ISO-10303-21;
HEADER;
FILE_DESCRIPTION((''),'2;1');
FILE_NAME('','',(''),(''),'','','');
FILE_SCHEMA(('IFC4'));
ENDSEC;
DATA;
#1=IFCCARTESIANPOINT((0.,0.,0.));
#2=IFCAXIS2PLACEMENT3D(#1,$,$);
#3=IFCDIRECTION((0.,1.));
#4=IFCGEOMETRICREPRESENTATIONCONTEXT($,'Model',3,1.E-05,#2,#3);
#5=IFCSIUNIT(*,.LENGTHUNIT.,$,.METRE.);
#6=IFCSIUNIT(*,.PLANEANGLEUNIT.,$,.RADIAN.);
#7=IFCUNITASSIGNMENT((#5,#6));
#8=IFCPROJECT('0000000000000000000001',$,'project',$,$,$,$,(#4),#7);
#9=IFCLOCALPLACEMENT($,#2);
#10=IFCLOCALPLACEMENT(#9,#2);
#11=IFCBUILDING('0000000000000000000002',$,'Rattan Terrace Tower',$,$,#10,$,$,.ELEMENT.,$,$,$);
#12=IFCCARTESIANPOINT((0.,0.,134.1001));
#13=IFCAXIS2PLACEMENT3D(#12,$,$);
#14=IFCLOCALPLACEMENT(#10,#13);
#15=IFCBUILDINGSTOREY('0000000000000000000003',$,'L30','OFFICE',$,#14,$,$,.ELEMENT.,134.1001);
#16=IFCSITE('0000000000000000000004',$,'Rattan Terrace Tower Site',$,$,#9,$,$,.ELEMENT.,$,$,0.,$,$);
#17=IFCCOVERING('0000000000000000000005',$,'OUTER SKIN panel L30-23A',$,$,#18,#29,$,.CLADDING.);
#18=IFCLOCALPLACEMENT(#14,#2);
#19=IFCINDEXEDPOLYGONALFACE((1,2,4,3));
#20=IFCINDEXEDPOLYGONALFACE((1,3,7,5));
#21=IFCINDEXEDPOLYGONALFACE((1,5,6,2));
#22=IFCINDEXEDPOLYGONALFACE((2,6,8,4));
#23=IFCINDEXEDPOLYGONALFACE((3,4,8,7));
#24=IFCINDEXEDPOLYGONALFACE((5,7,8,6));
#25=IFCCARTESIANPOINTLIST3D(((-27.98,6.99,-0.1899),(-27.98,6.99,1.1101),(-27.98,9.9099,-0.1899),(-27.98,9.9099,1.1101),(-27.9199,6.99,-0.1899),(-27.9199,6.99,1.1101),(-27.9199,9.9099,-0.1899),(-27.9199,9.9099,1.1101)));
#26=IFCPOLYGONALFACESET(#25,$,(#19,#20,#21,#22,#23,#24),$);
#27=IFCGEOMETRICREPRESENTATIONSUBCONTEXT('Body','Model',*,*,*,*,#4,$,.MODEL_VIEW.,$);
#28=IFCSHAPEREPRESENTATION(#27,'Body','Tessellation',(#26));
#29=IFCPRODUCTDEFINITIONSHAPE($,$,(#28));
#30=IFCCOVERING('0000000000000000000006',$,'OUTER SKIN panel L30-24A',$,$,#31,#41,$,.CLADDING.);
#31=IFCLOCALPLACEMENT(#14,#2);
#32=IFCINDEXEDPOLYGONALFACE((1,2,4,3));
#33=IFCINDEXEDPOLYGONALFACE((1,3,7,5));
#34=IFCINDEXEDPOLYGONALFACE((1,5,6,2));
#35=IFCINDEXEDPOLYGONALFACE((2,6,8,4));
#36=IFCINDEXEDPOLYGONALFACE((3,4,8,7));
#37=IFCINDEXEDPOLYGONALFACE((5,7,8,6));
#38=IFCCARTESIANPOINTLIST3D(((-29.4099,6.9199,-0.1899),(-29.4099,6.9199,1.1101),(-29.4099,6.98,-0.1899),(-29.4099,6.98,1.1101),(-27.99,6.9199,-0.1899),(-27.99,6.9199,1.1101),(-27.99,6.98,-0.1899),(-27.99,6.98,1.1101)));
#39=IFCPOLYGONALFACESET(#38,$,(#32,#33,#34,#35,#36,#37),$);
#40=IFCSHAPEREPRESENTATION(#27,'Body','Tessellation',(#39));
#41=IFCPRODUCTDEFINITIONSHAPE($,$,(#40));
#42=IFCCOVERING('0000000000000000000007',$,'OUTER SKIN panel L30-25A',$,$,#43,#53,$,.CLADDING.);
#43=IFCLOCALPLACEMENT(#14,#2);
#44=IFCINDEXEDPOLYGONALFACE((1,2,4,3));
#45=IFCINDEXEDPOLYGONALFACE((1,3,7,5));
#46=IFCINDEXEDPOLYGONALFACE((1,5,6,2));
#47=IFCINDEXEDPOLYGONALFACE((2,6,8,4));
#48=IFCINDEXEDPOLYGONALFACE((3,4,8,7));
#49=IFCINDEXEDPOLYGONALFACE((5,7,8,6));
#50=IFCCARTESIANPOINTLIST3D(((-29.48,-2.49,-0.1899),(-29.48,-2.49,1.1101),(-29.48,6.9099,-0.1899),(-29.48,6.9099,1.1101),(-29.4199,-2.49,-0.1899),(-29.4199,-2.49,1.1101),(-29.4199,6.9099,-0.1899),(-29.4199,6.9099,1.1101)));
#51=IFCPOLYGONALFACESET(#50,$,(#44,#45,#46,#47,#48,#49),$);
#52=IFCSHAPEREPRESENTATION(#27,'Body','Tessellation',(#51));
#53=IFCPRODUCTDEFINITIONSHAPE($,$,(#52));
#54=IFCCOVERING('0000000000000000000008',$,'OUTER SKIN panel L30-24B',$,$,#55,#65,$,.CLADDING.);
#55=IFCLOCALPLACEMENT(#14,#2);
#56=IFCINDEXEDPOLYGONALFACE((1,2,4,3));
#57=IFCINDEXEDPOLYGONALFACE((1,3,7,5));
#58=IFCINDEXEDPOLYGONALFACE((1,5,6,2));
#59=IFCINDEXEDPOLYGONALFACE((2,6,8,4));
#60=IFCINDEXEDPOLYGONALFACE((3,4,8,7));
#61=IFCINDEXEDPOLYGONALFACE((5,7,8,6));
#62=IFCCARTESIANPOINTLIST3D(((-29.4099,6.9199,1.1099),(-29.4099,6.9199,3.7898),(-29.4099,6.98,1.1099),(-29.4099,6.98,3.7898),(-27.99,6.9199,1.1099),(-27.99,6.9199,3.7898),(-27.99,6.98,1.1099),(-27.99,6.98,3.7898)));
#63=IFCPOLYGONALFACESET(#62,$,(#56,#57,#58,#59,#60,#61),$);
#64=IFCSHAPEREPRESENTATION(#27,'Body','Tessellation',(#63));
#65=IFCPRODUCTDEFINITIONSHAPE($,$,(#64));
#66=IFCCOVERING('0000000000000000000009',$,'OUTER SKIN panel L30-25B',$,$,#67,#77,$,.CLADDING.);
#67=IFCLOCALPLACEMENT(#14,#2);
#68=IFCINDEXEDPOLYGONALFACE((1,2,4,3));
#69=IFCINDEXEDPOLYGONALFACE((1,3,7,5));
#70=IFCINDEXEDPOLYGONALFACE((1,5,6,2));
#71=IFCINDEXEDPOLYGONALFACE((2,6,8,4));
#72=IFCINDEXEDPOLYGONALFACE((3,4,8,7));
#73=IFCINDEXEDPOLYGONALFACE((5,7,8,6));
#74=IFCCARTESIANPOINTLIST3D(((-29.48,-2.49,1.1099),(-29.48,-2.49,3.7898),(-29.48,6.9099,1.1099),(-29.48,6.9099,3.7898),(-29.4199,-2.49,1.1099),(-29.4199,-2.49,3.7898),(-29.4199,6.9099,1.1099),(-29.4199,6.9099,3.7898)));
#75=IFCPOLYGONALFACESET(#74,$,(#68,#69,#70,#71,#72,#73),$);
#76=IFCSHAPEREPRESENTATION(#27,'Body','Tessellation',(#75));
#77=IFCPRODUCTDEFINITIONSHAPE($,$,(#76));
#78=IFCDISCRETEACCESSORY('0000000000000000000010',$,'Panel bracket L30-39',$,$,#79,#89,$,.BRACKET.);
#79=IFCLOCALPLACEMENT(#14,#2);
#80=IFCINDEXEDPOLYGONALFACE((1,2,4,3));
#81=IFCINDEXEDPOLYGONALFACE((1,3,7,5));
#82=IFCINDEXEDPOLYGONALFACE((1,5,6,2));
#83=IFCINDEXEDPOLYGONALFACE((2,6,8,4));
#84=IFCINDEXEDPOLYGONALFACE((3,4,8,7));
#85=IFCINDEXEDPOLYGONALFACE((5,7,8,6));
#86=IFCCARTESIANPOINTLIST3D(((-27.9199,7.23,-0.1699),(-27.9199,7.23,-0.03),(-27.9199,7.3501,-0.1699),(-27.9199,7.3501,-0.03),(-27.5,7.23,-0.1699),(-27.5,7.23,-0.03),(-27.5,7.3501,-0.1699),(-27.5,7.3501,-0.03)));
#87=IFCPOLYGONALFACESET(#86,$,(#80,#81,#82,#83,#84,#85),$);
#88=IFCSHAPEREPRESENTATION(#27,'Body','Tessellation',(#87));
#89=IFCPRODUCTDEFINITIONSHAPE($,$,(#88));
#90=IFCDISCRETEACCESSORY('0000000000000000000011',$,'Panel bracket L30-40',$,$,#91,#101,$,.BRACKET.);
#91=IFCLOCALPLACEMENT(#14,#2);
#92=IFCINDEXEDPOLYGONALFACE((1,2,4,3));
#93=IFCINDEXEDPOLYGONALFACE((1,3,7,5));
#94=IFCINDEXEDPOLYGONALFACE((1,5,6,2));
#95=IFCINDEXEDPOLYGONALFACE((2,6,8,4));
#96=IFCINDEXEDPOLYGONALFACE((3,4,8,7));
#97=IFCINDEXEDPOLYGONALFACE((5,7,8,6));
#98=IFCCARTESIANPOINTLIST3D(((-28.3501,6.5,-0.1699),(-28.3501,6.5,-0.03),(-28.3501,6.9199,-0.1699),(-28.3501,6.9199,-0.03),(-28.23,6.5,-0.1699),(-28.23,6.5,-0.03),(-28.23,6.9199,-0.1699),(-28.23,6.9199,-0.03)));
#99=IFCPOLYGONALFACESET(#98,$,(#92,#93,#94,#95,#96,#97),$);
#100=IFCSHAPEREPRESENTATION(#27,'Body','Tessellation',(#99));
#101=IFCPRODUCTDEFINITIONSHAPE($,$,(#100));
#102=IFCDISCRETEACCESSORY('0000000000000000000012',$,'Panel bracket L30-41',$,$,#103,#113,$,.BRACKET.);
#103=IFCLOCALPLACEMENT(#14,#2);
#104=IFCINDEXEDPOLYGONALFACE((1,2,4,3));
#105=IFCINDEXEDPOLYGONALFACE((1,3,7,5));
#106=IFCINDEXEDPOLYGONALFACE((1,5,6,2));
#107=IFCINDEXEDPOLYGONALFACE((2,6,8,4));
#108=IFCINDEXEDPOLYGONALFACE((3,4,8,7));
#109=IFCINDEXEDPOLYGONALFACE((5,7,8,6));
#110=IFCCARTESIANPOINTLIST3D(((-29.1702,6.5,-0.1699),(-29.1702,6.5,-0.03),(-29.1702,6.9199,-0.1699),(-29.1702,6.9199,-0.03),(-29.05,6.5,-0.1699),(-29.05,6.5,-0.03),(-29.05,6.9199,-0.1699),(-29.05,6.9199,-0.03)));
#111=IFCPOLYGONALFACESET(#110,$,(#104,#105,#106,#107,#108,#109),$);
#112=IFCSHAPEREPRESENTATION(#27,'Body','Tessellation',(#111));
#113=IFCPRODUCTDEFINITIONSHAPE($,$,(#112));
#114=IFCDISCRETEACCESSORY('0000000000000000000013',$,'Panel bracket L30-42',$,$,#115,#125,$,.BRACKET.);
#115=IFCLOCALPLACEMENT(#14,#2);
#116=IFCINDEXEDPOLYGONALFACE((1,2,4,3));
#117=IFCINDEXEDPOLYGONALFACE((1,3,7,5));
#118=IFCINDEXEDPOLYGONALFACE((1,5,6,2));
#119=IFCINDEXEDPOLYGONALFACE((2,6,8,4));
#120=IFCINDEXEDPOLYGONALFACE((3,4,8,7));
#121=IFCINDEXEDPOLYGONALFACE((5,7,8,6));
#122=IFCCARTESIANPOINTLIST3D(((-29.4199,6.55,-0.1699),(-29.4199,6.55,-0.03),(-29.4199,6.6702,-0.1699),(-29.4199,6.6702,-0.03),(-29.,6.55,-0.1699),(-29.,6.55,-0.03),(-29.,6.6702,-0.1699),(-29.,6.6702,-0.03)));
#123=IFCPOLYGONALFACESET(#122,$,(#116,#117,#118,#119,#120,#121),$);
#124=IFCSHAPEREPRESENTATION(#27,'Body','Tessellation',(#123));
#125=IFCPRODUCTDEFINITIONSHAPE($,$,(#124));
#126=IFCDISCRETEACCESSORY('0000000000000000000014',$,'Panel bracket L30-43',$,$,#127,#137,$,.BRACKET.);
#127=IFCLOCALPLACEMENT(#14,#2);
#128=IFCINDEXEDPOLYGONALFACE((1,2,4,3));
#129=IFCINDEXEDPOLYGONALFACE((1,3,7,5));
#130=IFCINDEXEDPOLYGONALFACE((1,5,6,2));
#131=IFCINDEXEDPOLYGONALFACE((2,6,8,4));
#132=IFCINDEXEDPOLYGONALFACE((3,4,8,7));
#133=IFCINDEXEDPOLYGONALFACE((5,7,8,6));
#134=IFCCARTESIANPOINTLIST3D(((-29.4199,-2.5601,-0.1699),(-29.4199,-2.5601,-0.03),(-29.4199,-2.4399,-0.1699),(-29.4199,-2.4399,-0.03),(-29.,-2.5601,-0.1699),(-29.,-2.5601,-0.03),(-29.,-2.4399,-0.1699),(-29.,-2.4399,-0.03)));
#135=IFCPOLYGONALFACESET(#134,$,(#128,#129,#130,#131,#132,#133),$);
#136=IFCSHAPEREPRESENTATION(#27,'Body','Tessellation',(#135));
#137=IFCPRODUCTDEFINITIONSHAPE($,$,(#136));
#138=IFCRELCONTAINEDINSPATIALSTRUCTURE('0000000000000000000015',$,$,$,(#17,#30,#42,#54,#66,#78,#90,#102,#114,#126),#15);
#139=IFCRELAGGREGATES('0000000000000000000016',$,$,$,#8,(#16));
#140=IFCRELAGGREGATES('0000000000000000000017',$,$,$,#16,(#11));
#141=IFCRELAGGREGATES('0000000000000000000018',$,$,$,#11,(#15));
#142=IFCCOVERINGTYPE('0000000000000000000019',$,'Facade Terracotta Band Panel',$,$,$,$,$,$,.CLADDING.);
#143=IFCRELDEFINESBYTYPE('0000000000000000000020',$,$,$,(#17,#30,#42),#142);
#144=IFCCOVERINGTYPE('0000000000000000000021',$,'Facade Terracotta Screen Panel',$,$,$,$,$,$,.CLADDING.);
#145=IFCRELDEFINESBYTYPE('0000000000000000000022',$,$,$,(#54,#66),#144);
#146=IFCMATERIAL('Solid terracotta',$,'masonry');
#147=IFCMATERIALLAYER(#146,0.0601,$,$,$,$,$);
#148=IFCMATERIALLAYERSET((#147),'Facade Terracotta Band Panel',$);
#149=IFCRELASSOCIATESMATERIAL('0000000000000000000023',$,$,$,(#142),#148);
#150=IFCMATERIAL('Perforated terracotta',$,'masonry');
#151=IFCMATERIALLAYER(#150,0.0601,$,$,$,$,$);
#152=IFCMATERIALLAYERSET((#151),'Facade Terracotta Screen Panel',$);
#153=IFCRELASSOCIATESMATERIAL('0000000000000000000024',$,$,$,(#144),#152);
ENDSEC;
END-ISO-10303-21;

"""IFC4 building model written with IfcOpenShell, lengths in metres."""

from ifc_helpers import new_model, si_unit, direction, frame, origin, origin_2d, place, context, subcontext, project, spatial, rectangle, extrude, material, layer, layer_set, type_object, element, save


model = new_model("IFC4")

# Units and contexts
model_context = context("Model", 3, precision=1e-05, world=origin(), true_north=direction((0.0, 1.0)))
body_context = subcontext(model_context, "Body", "Model", "MODEL_VIEW")
ifc_project = project(units=[si_unit("LENGTHUNIT", "METRE"), si_unit("PLANEANGLEUNIT", "RADIAN")], contexts=[model_context])

# Site, building, storey
site_placement = place(None, origin())
site = spatial("IfcSite", under=ifc_project, at=site_placement, Name="Rattan Terrace Tower Site", CompositionType="ELEMENT", RefElevation=0.0)
building_placement = place(site_placement, origin())
building = spatial("IfcBuilding", under=site, at=building_placement, Name="Rattan Terrace Tower", CompositionType="ELEMENT")
storey_placement = place(building_placement, frame((0.0, 0.0, 134.1001)))
storey = spatial("IfcBuildingStorey", under=building, at=storey_placement, Name="L30", Description="OFFICE", CompositionType="ELEMENT", Elevation=134.1001)

# Coverings
ifc_material_1 = material(Name="Solid terracotta", Category="masonry")
ifc_layer_1 = layer(ifc_material_1, 0.0601)
ifc_layer_set_1 = layer_set([ifc_layer_1], Name="Facade Terracotta Band Panel")
covering_type_1 = type_object("IfcCoveringType", Name="Facade Terracotta Band Panel", PredefinedType="CLADDING", material=ifc_layer_set_1)
covering_1_placement = place(storey_placement, frame((-27.95, 8.45, -0.1899), z_axis=(0.0, 0.0, 1.0), x_axis=(0.0, -1.0, 0.0)))
element("IfcCovering", 1, at=covering_1_placement, inside=storey, type_object=covering_type_1, Name="OUTER SKIN panel L30-23A", PredefinedType="CLADDING", context=body_context, shape_type="SweptSolid", body=[
    extrude(rectangle(XDim=2.9199, YDim=0.0601, at=origin_2d()), origin(), (0.0, 0.0, 1.0), 1.3),
])
covering_2_placement = place(storey_placement, frame((-28.7, 6.95, -0.1899), z_axis=(0.0, 0.0, 1.0), x_axis=(-1.0, 0.0, 0.0)))
element("IfcCovering", 2, at=covering_2_placement, inside=storey, type_object=covering_type_1, Name="OUTER SKIN panel L30-24A", PredefinedType="CLADDING", context=body_context, shape_type="SweptSolid", body=[
    extrude(rectangle(XDim=1.4199, YDim=0.0601, at=origin_2d()), origin(), (0.0, 0.0, 1.0), 1.3),
])
covering_3_placement = place(storey_placement, frame((-29.45, 2.21, -0.1899), z_axis=(0.0, 0.0, 1.0), x_axis=(0.0, -1.0, 0.0)))
element("IfcCovering", 3, at=covering_3_placement, inside=storey, type_object=covering_type_1, Name="OUTER SKIN panel L30-25A", PredefinedType="CLADDING", context=body_context, shape_type="SweptSolid", body=[
    extrude(rectangle(XDim=9.3999, YDim=0.0601, at=origin_2d()), origin(), (0.0, 0.0, 1.0), 1.3),
])
ifc_material_2 = material(Name="Perforated terracotta", Category="masonry")
ifc_layer_2 = layer(ifc_material_2, 0.0601)
ifc_layer_set_2 = layer_set([ifc_layer_2], Name="Facade Terracotta Screen Panel")
covering_type_2 = type_object("IfcCoveringType", Name="Facade Terracotta Screen Panel", PredefinedType="CLADDING", material=ifc_layer_set_2)
covering_4_placement = place(storey_placement, frame((-28.7, 6.95, 1.1099), z_axis=(0.0, 0.0, 1.0), x_axis=(-1.0, 0.0, 0.0)))
element("IfcCovering", 4, at=covering_4_placement, inside=storey, type_object=covering_type_2, Name="OUTER SKIN panel L30-24B", PredefinedType="CLADDING", context=body_context, shape_type="SweptSolid", body=[
    extrude(rectangle(XDim=1.4199, YDim=0.0601, at=origin_2d()), origin(), (0.0, 0.0, 1.0), 2.6799),
])
covering_5_placement = place(storey_placement, frame((-29.45, 2.21, 1.1099), z_axis=(0.0, 0.0, 1.0), x_axis=(0.0, -1.0, 0.0)))
element("IfcCovering", 5, at=covering_5_placement, inside=storey, type_object=covering_type_2, Name="OUTER SKIN panel L30-25B", PredefinedType="CLADDING", context=body_context, shape_type="SweptSolid", body=[
    extrude(rectangle(XDim=9.3999, YDim=0.0601, at=origin_2d()), origin(), (0.0, 0.0, 1.0), 2.6799),
])

# Discrete accessories
for number, where, z_axis, x_axis, name in (
    (6, (-27.71, 7.29, -0.1699), (0.0, 0.0, 1.0), (0.0, -1.0, 0.0), "Panel bracket L30-39"),
    (7, (-28.29, 6.71, -0.1699), (0.0, 0.0, 1.0), (-1.0, 0.0, 0.0), "Panel bracket L30-40"),
    (8, (-29.1101, 6.71, -0.1699), (0.0, 0.0, 1.0), (-1.0, 0.0, 0.0), "Panel bracket L30-41"),
    (9, (-29.21, 6.6101, -0.1699), (0.0, 0.0, 1.0), (0.0, -1.0, 0.0), "Panel bracket L30-42"),
    (10, (-29.21, -2.5, -0.1699), (0.0, 0.0, 1.0), (0.0, -1.0, 0.0), "Panel bracket L30-43"),
):
    element("IfcDiscreteAccessory", number, at=place(storey_placement, frame(where, z_axis=z_axis, x_axis=x_axis)), inside=storey, Name=name, PredefinedType="BRACKET", context=body_context, shape_type="SweptSolid", body=[
        extrude(rectangle(XDim=0.1201, YDim=0.4199, at=origin_2d()), origin(), (0.0, 0.0, 1.0), 0.1399),
    ])

save(model, "model.ifc")
